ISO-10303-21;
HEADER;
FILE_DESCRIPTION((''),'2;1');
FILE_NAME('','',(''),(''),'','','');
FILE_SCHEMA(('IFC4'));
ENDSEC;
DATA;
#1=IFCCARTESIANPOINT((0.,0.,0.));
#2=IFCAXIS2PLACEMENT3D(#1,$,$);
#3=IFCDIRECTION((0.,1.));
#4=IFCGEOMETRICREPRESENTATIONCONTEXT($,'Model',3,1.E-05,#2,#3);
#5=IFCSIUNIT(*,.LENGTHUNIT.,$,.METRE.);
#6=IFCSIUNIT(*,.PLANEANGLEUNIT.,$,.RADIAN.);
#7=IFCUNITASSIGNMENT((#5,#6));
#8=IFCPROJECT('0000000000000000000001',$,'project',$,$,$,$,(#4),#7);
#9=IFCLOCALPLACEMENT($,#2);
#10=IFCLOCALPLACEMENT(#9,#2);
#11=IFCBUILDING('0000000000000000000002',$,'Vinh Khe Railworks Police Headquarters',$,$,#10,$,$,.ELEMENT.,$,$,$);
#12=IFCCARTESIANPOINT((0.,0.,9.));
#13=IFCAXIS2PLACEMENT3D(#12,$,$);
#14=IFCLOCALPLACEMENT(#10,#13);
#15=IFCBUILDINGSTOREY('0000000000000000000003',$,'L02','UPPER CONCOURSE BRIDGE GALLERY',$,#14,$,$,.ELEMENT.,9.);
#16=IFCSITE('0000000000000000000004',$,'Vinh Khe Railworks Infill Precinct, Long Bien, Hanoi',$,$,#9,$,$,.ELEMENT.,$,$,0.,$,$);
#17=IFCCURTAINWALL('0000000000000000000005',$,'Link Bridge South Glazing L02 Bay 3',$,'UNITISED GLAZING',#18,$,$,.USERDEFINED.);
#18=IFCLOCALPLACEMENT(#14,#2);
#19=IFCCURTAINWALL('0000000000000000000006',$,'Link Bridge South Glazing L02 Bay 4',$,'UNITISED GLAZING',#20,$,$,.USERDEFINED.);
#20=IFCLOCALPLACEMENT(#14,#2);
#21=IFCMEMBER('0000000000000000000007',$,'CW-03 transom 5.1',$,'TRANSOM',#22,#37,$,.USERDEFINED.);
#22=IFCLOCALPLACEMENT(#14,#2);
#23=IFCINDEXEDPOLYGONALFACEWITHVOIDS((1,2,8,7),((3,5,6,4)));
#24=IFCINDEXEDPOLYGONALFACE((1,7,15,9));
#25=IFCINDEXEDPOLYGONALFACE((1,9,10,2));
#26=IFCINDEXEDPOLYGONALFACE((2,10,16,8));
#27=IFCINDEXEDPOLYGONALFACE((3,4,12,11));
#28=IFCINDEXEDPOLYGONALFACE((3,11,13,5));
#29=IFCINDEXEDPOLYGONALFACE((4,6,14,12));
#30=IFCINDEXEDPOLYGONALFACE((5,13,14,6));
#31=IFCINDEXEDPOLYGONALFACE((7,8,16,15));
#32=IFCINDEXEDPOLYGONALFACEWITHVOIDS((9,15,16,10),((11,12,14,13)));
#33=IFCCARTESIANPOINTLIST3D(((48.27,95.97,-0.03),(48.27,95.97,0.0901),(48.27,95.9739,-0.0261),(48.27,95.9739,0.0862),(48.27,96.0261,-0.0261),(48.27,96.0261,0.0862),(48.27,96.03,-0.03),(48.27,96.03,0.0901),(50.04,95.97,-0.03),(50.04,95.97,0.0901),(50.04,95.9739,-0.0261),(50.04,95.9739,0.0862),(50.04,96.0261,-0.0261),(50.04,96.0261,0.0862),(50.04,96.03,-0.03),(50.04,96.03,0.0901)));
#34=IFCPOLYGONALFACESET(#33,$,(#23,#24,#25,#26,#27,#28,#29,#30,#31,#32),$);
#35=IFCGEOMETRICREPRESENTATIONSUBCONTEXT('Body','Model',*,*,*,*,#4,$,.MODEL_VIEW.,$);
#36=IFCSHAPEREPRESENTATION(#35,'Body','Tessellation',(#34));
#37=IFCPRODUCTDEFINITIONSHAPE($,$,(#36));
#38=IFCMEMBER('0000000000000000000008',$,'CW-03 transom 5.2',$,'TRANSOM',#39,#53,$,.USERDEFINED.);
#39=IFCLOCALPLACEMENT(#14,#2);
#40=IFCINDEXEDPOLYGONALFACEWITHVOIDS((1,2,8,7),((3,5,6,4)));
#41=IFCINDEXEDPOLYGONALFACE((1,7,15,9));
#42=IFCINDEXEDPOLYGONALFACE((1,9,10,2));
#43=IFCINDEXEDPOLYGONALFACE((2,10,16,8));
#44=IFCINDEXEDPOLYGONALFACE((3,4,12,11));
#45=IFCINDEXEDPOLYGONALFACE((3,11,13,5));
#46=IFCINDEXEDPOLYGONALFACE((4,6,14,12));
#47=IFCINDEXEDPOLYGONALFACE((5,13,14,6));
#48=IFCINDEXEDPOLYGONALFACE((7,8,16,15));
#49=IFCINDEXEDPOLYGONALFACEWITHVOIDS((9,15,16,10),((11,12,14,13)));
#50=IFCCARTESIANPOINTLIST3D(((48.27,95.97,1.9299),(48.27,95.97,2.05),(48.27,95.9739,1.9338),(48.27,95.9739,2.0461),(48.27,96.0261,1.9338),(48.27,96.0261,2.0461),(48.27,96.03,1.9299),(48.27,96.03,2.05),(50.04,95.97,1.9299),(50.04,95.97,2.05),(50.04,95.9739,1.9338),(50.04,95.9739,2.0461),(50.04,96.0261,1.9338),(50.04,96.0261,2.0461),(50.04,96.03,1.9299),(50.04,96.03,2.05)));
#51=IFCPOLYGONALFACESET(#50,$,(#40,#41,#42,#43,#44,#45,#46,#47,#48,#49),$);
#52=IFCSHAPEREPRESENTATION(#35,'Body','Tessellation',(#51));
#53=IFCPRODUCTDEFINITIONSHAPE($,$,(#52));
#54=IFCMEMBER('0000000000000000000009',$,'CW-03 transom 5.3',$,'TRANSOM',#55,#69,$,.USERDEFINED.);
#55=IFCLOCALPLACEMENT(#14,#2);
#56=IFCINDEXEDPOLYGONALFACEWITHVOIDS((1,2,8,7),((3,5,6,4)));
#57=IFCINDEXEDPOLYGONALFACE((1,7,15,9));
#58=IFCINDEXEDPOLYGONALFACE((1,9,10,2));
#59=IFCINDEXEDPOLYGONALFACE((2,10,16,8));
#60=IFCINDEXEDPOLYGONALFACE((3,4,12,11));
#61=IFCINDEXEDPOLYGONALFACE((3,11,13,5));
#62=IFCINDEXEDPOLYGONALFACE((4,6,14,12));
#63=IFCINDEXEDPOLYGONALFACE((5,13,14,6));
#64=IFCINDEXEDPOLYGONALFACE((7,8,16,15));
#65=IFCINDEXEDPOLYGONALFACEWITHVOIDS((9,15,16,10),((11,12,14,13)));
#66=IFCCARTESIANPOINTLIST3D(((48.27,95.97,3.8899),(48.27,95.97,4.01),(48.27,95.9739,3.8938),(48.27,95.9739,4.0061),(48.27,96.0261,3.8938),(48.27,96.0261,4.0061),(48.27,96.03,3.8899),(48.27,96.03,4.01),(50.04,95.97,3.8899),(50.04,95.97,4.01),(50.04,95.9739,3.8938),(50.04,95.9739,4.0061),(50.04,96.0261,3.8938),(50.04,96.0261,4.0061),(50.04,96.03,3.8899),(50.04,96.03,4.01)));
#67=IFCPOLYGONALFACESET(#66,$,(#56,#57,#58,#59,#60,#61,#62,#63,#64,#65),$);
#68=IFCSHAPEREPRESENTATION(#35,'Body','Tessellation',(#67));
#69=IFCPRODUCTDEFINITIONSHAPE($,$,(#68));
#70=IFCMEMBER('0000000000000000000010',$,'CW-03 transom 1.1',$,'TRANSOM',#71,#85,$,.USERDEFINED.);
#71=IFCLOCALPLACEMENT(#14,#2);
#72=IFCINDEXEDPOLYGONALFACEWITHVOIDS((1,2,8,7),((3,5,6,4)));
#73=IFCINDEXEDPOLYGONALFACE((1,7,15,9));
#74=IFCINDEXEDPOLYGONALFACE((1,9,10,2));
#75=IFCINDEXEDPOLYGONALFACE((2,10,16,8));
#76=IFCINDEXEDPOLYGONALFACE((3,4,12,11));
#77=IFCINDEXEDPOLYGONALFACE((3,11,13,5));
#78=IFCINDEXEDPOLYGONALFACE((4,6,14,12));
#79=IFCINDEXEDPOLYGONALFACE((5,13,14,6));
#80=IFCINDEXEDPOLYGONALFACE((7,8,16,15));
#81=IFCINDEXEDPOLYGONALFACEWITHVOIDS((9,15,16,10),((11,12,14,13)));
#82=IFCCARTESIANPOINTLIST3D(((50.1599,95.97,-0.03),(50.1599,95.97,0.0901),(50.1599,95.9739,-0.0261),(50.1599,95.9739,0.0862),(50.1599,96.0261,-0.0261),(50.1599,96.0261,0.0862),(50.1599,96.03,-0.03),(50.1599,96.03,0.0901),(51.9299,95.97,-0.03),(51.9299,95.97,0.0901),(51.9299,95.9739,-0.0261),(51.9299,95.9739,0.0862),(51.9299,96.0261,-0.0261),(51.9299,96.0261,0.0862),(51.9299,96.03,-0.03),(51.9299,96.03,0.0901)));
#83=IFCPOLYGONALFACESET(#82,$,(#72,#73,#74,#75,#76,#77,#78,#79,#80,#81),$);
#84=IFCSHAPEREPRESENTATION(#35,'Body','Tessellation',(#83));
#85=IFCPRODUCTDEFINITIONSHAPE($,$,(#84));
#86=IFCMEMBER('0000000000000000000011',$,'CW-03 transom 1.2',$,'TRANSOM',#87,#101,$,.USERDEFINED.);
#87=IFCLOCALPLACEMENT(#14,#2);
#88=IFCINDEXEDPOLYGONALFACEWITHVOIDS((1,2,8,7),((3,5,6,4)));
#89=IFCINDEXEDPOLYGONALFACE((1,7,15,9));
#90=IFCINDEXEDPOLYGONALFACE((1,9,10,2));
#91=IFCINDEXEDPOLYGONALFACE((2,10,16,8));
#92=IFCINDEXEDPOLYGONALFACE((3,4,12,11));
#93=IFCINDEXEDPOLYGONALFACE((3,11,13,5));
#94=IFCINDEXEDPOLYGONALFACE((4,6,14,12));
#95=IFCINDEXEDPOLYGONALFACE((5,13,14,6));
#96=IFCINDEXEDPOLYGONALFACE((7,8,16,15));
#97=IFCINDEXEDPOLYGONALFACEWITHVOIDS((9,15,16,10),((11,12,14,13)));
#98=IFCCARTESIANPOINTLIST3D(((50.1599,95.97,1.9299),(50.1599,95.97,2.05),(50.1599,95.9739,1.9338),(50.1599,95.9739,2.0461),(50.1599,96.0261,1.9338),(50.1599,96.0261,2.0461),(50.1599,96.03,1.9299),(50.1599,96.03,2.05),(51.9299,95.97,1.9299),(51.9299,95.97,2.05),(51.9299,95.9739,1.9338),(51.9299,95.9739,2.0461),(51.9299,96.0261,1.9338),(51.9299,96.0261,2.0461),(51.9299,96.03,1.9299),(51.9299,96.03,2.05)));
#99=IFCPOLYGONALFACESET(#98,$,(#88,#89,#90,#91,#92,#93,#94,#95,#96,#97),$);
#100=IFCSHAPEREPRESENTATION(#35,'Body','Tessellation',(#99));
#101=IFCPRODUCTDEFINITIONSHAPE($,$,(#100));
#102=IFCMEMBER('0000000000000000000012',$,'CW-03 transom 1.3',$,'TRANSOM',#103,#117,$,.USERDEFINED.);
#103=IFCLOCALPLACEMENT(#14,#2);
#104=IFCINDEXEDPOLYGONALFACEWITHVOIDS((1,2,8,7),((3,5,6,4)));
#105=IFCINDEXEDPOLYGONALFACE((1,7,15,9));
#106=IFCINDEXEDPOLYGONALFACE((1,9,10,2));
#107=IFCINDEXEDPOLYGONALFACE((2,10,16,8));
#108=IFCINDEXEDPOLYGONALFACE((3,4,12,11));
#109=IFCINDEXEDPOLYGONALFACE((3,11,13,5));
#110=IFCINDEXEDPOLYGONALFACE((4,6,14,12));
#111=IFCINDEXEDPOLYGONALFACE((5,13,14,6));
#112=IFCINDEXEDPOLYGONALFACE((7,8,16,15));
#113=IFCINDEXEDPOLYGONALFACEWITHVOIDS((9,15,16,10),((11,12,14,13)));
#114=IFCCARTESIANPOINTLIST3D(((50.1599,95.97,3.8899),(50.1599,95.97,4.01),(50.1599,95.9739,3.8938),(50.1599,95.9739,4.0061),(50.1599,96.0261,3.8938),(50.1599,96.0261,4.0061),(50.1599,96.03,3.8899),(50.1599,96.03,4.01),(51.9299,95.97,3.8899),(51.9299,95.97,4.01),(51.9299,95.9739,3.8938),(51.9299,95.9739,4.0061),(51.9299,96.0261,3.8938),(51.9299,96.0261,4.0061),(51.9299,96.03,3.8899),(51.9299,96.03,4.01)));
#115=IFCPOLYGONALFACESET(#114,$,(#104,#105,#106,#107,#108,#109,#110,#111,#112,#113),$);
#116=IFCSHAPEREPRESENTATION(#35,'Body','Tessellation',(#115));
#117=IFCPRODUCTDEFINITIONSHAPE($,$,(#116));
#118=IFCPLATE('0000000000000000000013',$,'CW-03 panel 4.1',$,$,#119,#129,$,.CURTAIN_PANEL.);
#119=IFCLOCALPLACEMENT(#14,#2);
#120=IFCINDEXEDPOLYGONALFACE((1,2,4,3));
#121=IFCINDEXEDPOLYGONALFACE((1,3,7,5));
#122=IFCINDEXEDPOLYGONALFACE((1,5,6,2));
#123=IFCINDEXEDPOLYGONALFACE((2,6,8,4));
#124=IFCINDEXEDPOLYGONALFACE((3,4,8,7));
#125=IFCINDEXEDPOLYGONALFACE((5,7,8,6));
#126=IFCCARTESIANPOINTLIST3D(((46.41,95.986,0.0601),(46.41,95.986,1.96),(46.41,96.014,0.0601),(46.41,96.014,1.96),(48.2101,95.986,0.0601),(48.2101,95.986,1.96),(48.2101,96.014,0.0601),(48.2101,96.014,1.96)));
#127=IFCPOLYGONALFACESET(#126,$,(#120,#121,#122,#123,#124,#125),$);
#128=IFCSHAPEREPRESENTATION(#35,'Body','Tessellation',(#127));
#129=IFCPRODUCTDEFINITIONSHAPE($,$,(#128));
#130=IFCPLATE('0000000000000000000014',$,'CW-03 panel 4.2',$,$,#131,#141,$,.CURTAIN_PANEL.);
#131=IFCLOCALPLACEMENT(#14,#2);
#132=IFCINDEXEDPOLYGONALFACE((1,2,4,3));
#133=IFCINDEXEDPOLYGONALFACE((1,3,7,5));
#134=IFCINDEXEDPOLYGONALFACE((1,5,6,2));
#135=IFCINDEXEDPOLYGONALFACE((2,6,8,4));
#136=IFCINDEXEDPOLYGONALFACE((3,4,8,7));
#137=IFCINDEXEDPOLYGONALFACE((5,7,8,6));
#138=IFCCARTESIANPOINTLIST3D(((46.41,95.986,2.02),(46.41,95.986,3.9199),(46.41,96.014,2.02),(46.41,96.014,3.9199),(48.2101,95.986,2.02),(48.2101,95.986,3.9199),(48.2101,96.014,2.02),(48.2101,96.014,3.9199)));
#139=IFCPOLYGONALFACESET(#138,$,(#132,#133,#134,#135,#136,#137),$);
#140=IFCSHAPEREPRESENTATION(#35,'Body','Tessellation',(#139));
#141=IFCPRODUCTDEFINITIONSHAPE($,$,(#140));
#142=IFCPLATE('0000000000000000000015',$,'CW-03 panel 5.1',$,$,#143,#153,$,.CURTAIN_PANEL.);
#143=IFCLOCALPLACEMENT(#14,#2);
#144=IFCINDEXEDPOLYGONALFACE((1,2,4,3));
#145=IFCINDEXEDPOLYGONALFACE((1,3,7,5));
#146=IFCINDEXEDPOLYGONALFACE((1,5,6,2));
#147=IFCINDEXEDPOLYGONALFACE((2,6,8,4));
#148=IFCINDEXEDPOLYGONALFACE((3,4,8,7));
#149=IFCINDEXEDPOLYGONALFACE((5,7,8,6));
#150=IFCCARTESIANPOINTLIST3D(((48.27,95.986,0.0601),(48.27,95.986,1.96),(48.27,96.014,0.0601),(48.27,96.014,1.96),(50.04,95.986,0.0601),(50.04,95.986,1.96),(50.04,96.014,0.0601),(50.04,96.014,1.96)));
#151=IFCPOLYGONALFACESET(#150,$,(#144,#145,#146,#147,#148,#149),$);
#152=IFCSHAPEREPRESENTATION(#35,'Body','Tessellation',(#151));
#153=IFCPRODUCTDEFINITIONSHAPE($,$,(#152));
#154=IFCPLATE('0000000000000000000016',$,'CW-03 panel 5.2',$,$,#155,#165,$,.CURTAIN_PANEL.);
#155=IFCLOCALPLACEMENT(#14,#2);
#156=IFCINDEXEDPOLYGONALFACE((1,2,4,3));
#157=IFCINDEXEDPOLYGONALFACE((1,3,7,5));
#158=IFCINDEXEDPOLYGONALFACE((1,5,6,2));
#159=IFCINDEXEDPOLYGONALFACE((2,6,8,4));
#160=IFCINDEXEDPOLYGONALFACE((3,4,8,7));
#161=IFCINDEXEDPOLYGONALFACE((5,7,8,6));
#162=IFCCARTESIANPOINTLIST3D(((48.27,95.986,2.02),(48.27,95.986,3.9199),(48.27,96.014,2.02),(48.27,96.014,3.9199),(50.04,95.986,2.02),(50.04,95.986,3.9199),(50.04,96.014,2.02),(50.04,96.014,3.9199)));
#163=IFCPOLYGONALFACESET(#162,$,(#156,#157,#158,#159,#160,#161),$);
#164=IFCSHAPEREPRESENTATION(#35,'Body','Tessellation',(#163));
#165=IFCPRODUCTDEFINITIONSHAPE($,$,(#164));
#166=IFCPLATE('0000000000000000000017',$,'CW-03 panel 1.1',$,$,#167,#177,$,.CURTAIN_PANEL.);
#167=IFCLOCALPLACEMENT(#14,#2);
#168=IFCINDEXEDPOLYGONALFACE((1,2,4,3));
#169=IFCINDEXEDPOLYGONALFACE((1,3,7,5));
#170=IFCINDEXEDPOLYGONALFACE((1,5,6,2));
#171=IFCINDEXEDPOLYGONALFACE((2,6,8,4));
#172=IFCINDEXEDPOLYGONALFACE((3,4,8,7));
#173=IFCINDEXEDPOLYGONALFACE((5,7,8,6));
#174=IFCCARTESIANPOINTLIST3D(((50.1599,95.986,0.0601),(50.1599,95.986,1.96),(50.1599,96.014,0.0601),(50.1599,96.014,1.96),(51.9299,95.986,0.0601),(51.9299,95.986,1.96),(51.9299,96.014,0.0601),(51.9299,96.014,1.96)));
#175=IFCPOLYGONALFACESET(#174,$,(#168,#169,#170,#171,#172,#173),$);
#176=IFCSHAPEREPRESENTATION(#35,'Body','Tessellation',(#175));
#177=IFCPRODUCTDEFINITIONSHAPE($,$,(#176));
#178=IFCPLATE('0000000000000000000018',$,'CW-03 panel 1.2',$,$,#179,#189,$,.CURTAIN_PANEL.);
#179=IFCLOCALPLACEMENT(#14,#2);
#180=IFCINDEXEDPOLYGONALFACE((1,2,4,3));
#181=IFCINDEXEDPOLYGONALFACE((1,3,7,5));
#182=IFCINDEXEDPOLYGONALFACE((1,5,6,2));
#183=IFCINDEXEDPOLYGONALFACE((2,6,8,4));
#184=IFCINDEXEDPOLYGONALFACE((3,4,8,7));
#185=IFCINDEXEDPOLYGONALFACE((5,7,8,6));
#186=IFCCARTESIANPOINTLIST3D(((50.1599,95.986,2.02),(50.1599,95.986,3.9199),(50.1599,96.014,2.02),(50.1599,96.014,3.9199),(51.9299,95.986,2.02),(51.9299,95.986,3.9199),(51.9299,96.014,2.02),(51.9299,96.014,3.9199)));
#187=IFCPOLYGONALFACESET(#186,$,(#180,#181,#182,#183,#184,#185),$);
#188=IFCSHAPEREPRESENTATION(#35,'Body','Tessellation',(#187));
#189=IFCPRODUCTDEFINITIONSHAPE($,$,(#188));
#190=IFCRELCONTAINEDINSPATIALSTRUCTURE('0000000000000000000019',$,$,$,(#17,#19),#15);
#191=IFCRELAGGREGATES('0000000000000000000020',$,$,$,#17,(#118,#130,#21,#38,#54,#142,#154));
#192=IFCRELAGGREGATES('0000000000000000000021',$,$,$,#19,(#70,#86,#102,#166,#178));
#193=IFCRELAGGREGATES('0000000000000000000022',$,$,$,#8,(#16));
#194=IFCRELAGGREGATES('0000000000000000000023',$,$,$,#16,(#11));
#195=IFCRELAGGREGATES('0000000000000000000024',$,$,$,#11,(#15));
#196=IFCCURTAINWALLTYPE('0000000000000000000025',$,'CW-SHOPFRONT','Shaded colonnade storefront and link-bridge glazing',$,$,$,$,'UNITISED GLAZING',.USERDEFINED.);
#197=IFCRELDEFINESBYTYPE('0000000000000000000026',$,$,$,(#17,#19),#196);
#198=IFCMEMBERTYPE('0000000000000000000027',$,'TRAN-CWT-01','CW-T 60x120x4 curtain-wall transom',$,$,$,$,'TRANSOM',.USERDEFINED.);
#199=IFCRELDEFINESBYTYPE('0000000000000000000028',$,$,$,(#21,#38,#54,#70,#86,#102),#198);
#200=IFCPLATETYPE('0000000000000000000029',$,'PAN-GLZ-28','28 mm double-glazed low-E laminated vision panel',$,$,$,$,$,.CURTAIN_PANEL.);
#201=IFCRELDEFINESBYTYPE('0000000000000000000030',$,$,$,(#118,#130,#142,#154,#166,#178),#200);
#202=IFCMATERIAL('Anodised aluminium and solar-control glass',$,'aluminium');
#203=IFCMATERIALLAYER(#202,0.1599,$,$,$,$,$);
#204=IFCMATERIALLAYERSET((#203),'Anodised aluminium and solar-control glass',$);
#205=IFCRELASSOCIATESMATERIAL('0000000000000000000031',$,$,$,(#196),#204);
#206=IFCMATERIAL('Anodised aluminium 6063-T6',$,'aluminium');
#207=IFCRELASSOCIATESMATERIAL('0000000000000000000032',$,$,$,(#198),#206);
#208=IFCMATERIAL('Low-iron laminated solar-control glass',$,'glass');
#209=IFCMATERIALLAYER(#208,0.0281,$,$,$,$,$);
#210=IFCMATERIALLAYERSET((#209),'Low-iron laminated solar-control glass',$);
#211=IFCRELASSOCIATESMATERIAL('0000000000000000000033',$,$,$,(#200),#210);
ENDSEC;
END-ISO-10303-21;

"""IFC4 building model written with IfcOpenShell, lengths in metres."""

from ifc_helpers import new_model, si_unit, direction, frame, origin, origin_2d, place, context, subcontext, project, spatial, rectangle, hollow_rectangle, extrude, material, layer, layer_set, material_profile, profile_set, type_object, element, aggregate, save


model = new_model("IFC4")

# Units and contexts
model_context = context("Model", 3, precision=1e-05, world=origin(), true_north=direction((0.0, 1.0)))
body_context = subcontext(model_context, "Body", "Model", "MODEL_VIEW")
ifc_project = project(units=[si_unit("LENGTHUNIT", "METRE"), si_unit("PLANEANGLEUNIT", "RADIAN")], contexts=[model_context])

# Site, building, storey
site_placement = place(None, origin())
site = spatial("IfcSite", under=ifc_project, at=site_placement, Name="Vinh Khe Railworks Infill Precinct, Long Bien, Hanoi", CompositionType="ELEMENT", RefElevation=0.0)
building_placement = place(site_placement, origin())
building = spatial("IfcBuilding", under=site, at=building_placement, Name="Vinh Khe Railworks Police Headquarters", CompositionType="ELEMENT")
storey_placement = place(building_placement, frame((0.0, 0.0, 9.0)))
storey = spatial("IfcBuildingStorey", under=building, at=storey_placement, Name="L02", Description="UPPER CONCOURSE BRIDGE GALLERY", CompositionType="ELEMENT", Elevation=9.0)

# Curtain walls
ifc_material_1 = material(Name="Anodised aluminium and solar-control glass", Category="aluminium")
ifc_layer_1 = layer(ifc_material_1, 0.1599)
ifc_layer_set_1 = layer_set([ifc_layer_1], Name="Anodised aluminium and solar-control glass")
curtain_wall_type = type_object("IfcCurtainWallType", Name="CW-SHOPFRONT", Description="Shaded colonnade storefront and link-bridge glazing", ElementType="UNITISED GLAZING", PredefinedType="USERDEFINED", material=ifc_layer_set_1)
curtain_wall_1_placement = place(storey_placement, origin())
curtain_wall_1 = element("IfcCurtainWall", 1, at=curtain_wall_1_placement, inside=storey, type_object=curtain_wall_type, Name="Link Bridge South Glazing L02 Bay 3", ObjectType="UNITISED GLAZING", PredefinedType="USERDEFINED")
ifc_material_2 = material(Name="Anodised aluminium 6063-T6", Category="aluminium")
curtain_wall_2_placement = place(storey_placement, origin())
curtain_wall_2 = element("IfcCurtainWall", 2, at=curtain_wall_2_placement, inside=storey, type_object=curtain_wall_type, Name="Link Bridge South Glazing L02 Bay 4", ObjectType="UNITISED GLAZING", PredefinedType="USERDEFINED")

# Members
ifc_material_profile_1 = material_profile(ifc_material_2, hollow_rectangle(XDim=0.0601, YDim=0.1201, WallThickness=0.0039, at=origin_2d()), Name="CW-T 60x120x4")
ifc_profile_set_1 = profile_set([ifc_material_profile_1], Name="Anodised aluminium 6063-T6")
member_type_1 = type_object("IfcMemberType", Name="TRAN-CWT-01", Description="CW-T 60x120x4 curtain-wall transom", ElementType="TRANSOM", PredefinedType="USERDEFINED", material=ifc_profile_set_1)
member_1_placement = place(storey_placement, frame((48.27, 96.0, 0.03), z_axis=(1.0, 0.0, 0.0), x_axis=(0.0, 1.0, 0.0)))
member_1 = element("IfcMember", 3, at=member_1_placement, type_object=member_type_1, Name="CW-03 transom 5.1", ObjectType="TRANSOM", PredefinedType="USERDEFINED", context=body_context, shape_type="SweptSolid", body=[
    extrude(hollow_rectangle(XDim=0.0601, YDim=0.1201, WallThickness=0.0039, at=origin_2d()), origin(), (0.0, 0.0, 1.0), 1.77),
])
member_2_placement = place(storey_placement, frame((48.27, 96.0, 1.99), z_axis=(1.0, 0.0, 0.0), x_axis=(0.0, 1.0, 0.0)))
member_2 = element("IfcMember", 4, at=member_2_placement, type_object=member_type_1, Name="CW-03 transom 5.2", ObjectType="TRANSOM", PredefinedType="USERDEFINED", context=body_context, shape_type="SweptSolid", body=[
    extrude(hollow_rectangle(XDim=0.0601, YDim=0.1201, WallThickness=0.0039, at=origin_2d()), origin(), (0.0, 0.0, 1.0), 1.77),
])
member_3_placement = place(storey_placement, frame((48.27, 96.0, 3.95), z_axis=(1.0, 0.0, 0.0), x_axis=(0.0, 1.0, 0.0)))
member_3 = element("IfcMember", 5, at=member_3_placement, type_object=member_type_1, Name="CW-03 transom 5.3", ObjectType="TRANSOM", PredefinedType="USERDEFINED", context=body_context, shape_type="SweptSolid", body=[
    extrude(hollow_rectangle(XDim=0.0601, YDim=0.1201, WallThickness=0.0039, at=origin_2d()), origin(), (0.0, 0.0, 1.0), 1.77),
])
member_4_placement = place(storey_placement, frame((50.1599, 96.0, 0.03), z_axis=(1.0, 0.0, 0.0), x_axis=(0.0, 1.0, 0.0)))
member_4 = element("IfcMember", 6, at=member_4_placement, type_object=member_type_1, Name="CW-03 transom 1.1", ObjectType="TRANSOM", PredefinedType="USERDEFINED", context=body_context, shape_type="SweptSolid", body=[
    extrude(hollow_rectangle(XDim=0.0601, YDim=0.1201, WallThickness=0.0039, at=origin_2d()), origin(), (0.0, 0.0, 1.0), 1.77),
])
member_5_placement = place(storey_placement, frame((50.1599, 96.0, 1.99), z_axis=(1.0, 0.0, 0.0), x_axis=(0.0, 1.0, 0.0)))
member_5 = element("IfcMember", 7, at=member_5_placement, type_object=member_type_1, Name="CW-03 transom 1.2", ObjectType="TRANSOM", PredefinedType="USERDEFINED", context=body_context, shape_type="SweptSolid", body=[
    extrude(hollow_rectangle(XDim=0.0601, YDim=0.1201, WallThickness=0.0039, at=origin_2d()), origin(), (0.0, 0.0, 1.0), 1.77),
])
member_6_placement = place(storey_placement, frame((50.1599, 96.0, 3.95), z_axis=(1.0, 0.0, 0.0), x_axis=(0.0, 1.0, 0.0)))
member_6 = element("IfcMember", 8, at=member_6_placement, type_object=member_type_1, Name="CW-03 transom 1.3", ObjectType="TRANSOM", PredefinedType="USERDEFINED", context=body_context, shape_type="SweptSolid", body=[
    extrude(hollow_rectangle(XDim=0.0601, YDim=0.1201, WallThickness=0.0039, at=origin_2d()), origin(), (0.0, 0.0, 1.0), 1.77),
])

# Plates
ifc_material_3 = material(Name="Low-iron laminated solar-control glass", Category="glass")
ifc_layer_2 = layer(ifc_material_3, 0.0281)
ifc_layer_set_2 = layer_set([ifc_layer_2], Name="Low-iron laminated solar-control glass")
plate_type = type_object("IfcPlateType", Name="PAN-GLZ-28", Description="28 mm double-glazed low-E laminated vision panel", PredefinedType="CURTAIN_PANEL", material=ifc_layer_set_2)
plate_1_placement = place(storey_placement, frame((47.3101, 96.0, 0.0601), z_axis=(0.0, 0.0, 1.0), x_axis=(1.0, 0.0, 0.0)))
plate_1 = element("IfcPlate", 9, at=plate_1_placement, type_object=plate_type, Name="CW-03 panel 4.1", PredefinedType="CURTAIN_PANEL", context=body_context, shape_type="SweptSolid", body=[
    extrude(rectangle(XDim=1.8, YDim=0.0281, at=origin_2d()), origin(), (0.0, 0.0, 1.0), 1.8999),
])
plate_2_placement = place(storey_placement, frame((47.3101, 96.0, 2.02), z_axis=(0.0, 0.0, 1.0), x_axis=(1.0, 0.0, 0.0)))
plate_2 = element("IfcPlate", 10, at=plate_2_placement, type_object=plate_type, Name="CW-03 panel 4.2", PredefinedType="CURTAIN_PANEL", context=body_context, shape_type="SweptSolid", body=[
    extrude(rectangle(XDim=1.8, YDim=0.0281, at=origin_2d()), origin(), (0.0, 0.0, 1.0), 1.8999),
])
plate_3_placement = place(storey_placement, frame((49.155, 96.0, 0.0601), z_axis=(0.0, 0.0, 1.0), x_axis=(1.0, 0.0, 0.0)))
plate_3 = element("IfcPlate", 11, at=plate_3_placement, type_object=plate_type, Name="CW-03 panel 5.1", PredefinedType="CURTAIN_PANEL", context=body_context, shape_type="SweptSolid", body=[
    extrude(rectangle(XDim=1.77, YDim=0.0281, at=origin_2d()), origin(), (0.0, 0.0, 1.0), 1.8999),
])
plate_4_placement = place(storey_placement, frame((49.155, 96.0, 2.02), z_axis=(0.0, 0.0, 1.0), x_axis=(1.0, 0.0, 0.0)))
plate_4 = element("IfcPlate", 12, at=plate_4_placement, type_object=plate_type, Name="CW-03 panel 5.2", PredefinedType="CURTAIN_PANEL", context=body_context, shape_type="SweptSolid", body=[
    extrude(rectangle(XDim=1.77, YDim=0.0281, at=origin_2d()), origin(), (0.0, 0.0, 1.0), 1.8999),
])
aggregate(curtain_wall_1, [plate_1, plate_2, member_1, member_2, member_3, plate_3, plate_4])
plate_5_placement = place(storey_placement, frame((51.0449, 96.0, 0.0601), z_axis=(0.0, 0.0, 1.0), x_axis=(1.0, 0.0, 0.0)))
plate_5 = element("IfcPlate", 13, at=plate_5_placement, type_object=plate_type, Name="CW-03 panel 1.1", PredefinedType="CURTAIN_PANEL", context=body_context, shape_type="SweptSolid", body=[
    extrude(rectangle(XDim=1.77, YDim=0.0281, at=origin_2d()), origin(), (0.0, 0.0, 1.0), 1.8999),
])
plate_6_placement = place(storey_placement, frame((51.0449, 96.0, 2.02), z_axis=(0.0, 0.0, 1.0), x_axis=(1.0, 0.0, 0.0)))
plate_6 = element("IfcPlate", 14, at=plate_6_placement, type_object=plate_type, Name="CW-03 panel 1.2", PredefinedType="CURTAIN_PANEL", context=body_context, shape_type="SweptSolid", body=[
    extrude(rectangle(XDim=1.77, YDim=0.0281, at=origin_2d()), origin(), (0.0, 0.0, 1.0), 1.8999),
])
aggregate(curtain_wall_2, [member_4, member_5, member_6, plate_5, plate_6])

save(model, "model.ifc")
